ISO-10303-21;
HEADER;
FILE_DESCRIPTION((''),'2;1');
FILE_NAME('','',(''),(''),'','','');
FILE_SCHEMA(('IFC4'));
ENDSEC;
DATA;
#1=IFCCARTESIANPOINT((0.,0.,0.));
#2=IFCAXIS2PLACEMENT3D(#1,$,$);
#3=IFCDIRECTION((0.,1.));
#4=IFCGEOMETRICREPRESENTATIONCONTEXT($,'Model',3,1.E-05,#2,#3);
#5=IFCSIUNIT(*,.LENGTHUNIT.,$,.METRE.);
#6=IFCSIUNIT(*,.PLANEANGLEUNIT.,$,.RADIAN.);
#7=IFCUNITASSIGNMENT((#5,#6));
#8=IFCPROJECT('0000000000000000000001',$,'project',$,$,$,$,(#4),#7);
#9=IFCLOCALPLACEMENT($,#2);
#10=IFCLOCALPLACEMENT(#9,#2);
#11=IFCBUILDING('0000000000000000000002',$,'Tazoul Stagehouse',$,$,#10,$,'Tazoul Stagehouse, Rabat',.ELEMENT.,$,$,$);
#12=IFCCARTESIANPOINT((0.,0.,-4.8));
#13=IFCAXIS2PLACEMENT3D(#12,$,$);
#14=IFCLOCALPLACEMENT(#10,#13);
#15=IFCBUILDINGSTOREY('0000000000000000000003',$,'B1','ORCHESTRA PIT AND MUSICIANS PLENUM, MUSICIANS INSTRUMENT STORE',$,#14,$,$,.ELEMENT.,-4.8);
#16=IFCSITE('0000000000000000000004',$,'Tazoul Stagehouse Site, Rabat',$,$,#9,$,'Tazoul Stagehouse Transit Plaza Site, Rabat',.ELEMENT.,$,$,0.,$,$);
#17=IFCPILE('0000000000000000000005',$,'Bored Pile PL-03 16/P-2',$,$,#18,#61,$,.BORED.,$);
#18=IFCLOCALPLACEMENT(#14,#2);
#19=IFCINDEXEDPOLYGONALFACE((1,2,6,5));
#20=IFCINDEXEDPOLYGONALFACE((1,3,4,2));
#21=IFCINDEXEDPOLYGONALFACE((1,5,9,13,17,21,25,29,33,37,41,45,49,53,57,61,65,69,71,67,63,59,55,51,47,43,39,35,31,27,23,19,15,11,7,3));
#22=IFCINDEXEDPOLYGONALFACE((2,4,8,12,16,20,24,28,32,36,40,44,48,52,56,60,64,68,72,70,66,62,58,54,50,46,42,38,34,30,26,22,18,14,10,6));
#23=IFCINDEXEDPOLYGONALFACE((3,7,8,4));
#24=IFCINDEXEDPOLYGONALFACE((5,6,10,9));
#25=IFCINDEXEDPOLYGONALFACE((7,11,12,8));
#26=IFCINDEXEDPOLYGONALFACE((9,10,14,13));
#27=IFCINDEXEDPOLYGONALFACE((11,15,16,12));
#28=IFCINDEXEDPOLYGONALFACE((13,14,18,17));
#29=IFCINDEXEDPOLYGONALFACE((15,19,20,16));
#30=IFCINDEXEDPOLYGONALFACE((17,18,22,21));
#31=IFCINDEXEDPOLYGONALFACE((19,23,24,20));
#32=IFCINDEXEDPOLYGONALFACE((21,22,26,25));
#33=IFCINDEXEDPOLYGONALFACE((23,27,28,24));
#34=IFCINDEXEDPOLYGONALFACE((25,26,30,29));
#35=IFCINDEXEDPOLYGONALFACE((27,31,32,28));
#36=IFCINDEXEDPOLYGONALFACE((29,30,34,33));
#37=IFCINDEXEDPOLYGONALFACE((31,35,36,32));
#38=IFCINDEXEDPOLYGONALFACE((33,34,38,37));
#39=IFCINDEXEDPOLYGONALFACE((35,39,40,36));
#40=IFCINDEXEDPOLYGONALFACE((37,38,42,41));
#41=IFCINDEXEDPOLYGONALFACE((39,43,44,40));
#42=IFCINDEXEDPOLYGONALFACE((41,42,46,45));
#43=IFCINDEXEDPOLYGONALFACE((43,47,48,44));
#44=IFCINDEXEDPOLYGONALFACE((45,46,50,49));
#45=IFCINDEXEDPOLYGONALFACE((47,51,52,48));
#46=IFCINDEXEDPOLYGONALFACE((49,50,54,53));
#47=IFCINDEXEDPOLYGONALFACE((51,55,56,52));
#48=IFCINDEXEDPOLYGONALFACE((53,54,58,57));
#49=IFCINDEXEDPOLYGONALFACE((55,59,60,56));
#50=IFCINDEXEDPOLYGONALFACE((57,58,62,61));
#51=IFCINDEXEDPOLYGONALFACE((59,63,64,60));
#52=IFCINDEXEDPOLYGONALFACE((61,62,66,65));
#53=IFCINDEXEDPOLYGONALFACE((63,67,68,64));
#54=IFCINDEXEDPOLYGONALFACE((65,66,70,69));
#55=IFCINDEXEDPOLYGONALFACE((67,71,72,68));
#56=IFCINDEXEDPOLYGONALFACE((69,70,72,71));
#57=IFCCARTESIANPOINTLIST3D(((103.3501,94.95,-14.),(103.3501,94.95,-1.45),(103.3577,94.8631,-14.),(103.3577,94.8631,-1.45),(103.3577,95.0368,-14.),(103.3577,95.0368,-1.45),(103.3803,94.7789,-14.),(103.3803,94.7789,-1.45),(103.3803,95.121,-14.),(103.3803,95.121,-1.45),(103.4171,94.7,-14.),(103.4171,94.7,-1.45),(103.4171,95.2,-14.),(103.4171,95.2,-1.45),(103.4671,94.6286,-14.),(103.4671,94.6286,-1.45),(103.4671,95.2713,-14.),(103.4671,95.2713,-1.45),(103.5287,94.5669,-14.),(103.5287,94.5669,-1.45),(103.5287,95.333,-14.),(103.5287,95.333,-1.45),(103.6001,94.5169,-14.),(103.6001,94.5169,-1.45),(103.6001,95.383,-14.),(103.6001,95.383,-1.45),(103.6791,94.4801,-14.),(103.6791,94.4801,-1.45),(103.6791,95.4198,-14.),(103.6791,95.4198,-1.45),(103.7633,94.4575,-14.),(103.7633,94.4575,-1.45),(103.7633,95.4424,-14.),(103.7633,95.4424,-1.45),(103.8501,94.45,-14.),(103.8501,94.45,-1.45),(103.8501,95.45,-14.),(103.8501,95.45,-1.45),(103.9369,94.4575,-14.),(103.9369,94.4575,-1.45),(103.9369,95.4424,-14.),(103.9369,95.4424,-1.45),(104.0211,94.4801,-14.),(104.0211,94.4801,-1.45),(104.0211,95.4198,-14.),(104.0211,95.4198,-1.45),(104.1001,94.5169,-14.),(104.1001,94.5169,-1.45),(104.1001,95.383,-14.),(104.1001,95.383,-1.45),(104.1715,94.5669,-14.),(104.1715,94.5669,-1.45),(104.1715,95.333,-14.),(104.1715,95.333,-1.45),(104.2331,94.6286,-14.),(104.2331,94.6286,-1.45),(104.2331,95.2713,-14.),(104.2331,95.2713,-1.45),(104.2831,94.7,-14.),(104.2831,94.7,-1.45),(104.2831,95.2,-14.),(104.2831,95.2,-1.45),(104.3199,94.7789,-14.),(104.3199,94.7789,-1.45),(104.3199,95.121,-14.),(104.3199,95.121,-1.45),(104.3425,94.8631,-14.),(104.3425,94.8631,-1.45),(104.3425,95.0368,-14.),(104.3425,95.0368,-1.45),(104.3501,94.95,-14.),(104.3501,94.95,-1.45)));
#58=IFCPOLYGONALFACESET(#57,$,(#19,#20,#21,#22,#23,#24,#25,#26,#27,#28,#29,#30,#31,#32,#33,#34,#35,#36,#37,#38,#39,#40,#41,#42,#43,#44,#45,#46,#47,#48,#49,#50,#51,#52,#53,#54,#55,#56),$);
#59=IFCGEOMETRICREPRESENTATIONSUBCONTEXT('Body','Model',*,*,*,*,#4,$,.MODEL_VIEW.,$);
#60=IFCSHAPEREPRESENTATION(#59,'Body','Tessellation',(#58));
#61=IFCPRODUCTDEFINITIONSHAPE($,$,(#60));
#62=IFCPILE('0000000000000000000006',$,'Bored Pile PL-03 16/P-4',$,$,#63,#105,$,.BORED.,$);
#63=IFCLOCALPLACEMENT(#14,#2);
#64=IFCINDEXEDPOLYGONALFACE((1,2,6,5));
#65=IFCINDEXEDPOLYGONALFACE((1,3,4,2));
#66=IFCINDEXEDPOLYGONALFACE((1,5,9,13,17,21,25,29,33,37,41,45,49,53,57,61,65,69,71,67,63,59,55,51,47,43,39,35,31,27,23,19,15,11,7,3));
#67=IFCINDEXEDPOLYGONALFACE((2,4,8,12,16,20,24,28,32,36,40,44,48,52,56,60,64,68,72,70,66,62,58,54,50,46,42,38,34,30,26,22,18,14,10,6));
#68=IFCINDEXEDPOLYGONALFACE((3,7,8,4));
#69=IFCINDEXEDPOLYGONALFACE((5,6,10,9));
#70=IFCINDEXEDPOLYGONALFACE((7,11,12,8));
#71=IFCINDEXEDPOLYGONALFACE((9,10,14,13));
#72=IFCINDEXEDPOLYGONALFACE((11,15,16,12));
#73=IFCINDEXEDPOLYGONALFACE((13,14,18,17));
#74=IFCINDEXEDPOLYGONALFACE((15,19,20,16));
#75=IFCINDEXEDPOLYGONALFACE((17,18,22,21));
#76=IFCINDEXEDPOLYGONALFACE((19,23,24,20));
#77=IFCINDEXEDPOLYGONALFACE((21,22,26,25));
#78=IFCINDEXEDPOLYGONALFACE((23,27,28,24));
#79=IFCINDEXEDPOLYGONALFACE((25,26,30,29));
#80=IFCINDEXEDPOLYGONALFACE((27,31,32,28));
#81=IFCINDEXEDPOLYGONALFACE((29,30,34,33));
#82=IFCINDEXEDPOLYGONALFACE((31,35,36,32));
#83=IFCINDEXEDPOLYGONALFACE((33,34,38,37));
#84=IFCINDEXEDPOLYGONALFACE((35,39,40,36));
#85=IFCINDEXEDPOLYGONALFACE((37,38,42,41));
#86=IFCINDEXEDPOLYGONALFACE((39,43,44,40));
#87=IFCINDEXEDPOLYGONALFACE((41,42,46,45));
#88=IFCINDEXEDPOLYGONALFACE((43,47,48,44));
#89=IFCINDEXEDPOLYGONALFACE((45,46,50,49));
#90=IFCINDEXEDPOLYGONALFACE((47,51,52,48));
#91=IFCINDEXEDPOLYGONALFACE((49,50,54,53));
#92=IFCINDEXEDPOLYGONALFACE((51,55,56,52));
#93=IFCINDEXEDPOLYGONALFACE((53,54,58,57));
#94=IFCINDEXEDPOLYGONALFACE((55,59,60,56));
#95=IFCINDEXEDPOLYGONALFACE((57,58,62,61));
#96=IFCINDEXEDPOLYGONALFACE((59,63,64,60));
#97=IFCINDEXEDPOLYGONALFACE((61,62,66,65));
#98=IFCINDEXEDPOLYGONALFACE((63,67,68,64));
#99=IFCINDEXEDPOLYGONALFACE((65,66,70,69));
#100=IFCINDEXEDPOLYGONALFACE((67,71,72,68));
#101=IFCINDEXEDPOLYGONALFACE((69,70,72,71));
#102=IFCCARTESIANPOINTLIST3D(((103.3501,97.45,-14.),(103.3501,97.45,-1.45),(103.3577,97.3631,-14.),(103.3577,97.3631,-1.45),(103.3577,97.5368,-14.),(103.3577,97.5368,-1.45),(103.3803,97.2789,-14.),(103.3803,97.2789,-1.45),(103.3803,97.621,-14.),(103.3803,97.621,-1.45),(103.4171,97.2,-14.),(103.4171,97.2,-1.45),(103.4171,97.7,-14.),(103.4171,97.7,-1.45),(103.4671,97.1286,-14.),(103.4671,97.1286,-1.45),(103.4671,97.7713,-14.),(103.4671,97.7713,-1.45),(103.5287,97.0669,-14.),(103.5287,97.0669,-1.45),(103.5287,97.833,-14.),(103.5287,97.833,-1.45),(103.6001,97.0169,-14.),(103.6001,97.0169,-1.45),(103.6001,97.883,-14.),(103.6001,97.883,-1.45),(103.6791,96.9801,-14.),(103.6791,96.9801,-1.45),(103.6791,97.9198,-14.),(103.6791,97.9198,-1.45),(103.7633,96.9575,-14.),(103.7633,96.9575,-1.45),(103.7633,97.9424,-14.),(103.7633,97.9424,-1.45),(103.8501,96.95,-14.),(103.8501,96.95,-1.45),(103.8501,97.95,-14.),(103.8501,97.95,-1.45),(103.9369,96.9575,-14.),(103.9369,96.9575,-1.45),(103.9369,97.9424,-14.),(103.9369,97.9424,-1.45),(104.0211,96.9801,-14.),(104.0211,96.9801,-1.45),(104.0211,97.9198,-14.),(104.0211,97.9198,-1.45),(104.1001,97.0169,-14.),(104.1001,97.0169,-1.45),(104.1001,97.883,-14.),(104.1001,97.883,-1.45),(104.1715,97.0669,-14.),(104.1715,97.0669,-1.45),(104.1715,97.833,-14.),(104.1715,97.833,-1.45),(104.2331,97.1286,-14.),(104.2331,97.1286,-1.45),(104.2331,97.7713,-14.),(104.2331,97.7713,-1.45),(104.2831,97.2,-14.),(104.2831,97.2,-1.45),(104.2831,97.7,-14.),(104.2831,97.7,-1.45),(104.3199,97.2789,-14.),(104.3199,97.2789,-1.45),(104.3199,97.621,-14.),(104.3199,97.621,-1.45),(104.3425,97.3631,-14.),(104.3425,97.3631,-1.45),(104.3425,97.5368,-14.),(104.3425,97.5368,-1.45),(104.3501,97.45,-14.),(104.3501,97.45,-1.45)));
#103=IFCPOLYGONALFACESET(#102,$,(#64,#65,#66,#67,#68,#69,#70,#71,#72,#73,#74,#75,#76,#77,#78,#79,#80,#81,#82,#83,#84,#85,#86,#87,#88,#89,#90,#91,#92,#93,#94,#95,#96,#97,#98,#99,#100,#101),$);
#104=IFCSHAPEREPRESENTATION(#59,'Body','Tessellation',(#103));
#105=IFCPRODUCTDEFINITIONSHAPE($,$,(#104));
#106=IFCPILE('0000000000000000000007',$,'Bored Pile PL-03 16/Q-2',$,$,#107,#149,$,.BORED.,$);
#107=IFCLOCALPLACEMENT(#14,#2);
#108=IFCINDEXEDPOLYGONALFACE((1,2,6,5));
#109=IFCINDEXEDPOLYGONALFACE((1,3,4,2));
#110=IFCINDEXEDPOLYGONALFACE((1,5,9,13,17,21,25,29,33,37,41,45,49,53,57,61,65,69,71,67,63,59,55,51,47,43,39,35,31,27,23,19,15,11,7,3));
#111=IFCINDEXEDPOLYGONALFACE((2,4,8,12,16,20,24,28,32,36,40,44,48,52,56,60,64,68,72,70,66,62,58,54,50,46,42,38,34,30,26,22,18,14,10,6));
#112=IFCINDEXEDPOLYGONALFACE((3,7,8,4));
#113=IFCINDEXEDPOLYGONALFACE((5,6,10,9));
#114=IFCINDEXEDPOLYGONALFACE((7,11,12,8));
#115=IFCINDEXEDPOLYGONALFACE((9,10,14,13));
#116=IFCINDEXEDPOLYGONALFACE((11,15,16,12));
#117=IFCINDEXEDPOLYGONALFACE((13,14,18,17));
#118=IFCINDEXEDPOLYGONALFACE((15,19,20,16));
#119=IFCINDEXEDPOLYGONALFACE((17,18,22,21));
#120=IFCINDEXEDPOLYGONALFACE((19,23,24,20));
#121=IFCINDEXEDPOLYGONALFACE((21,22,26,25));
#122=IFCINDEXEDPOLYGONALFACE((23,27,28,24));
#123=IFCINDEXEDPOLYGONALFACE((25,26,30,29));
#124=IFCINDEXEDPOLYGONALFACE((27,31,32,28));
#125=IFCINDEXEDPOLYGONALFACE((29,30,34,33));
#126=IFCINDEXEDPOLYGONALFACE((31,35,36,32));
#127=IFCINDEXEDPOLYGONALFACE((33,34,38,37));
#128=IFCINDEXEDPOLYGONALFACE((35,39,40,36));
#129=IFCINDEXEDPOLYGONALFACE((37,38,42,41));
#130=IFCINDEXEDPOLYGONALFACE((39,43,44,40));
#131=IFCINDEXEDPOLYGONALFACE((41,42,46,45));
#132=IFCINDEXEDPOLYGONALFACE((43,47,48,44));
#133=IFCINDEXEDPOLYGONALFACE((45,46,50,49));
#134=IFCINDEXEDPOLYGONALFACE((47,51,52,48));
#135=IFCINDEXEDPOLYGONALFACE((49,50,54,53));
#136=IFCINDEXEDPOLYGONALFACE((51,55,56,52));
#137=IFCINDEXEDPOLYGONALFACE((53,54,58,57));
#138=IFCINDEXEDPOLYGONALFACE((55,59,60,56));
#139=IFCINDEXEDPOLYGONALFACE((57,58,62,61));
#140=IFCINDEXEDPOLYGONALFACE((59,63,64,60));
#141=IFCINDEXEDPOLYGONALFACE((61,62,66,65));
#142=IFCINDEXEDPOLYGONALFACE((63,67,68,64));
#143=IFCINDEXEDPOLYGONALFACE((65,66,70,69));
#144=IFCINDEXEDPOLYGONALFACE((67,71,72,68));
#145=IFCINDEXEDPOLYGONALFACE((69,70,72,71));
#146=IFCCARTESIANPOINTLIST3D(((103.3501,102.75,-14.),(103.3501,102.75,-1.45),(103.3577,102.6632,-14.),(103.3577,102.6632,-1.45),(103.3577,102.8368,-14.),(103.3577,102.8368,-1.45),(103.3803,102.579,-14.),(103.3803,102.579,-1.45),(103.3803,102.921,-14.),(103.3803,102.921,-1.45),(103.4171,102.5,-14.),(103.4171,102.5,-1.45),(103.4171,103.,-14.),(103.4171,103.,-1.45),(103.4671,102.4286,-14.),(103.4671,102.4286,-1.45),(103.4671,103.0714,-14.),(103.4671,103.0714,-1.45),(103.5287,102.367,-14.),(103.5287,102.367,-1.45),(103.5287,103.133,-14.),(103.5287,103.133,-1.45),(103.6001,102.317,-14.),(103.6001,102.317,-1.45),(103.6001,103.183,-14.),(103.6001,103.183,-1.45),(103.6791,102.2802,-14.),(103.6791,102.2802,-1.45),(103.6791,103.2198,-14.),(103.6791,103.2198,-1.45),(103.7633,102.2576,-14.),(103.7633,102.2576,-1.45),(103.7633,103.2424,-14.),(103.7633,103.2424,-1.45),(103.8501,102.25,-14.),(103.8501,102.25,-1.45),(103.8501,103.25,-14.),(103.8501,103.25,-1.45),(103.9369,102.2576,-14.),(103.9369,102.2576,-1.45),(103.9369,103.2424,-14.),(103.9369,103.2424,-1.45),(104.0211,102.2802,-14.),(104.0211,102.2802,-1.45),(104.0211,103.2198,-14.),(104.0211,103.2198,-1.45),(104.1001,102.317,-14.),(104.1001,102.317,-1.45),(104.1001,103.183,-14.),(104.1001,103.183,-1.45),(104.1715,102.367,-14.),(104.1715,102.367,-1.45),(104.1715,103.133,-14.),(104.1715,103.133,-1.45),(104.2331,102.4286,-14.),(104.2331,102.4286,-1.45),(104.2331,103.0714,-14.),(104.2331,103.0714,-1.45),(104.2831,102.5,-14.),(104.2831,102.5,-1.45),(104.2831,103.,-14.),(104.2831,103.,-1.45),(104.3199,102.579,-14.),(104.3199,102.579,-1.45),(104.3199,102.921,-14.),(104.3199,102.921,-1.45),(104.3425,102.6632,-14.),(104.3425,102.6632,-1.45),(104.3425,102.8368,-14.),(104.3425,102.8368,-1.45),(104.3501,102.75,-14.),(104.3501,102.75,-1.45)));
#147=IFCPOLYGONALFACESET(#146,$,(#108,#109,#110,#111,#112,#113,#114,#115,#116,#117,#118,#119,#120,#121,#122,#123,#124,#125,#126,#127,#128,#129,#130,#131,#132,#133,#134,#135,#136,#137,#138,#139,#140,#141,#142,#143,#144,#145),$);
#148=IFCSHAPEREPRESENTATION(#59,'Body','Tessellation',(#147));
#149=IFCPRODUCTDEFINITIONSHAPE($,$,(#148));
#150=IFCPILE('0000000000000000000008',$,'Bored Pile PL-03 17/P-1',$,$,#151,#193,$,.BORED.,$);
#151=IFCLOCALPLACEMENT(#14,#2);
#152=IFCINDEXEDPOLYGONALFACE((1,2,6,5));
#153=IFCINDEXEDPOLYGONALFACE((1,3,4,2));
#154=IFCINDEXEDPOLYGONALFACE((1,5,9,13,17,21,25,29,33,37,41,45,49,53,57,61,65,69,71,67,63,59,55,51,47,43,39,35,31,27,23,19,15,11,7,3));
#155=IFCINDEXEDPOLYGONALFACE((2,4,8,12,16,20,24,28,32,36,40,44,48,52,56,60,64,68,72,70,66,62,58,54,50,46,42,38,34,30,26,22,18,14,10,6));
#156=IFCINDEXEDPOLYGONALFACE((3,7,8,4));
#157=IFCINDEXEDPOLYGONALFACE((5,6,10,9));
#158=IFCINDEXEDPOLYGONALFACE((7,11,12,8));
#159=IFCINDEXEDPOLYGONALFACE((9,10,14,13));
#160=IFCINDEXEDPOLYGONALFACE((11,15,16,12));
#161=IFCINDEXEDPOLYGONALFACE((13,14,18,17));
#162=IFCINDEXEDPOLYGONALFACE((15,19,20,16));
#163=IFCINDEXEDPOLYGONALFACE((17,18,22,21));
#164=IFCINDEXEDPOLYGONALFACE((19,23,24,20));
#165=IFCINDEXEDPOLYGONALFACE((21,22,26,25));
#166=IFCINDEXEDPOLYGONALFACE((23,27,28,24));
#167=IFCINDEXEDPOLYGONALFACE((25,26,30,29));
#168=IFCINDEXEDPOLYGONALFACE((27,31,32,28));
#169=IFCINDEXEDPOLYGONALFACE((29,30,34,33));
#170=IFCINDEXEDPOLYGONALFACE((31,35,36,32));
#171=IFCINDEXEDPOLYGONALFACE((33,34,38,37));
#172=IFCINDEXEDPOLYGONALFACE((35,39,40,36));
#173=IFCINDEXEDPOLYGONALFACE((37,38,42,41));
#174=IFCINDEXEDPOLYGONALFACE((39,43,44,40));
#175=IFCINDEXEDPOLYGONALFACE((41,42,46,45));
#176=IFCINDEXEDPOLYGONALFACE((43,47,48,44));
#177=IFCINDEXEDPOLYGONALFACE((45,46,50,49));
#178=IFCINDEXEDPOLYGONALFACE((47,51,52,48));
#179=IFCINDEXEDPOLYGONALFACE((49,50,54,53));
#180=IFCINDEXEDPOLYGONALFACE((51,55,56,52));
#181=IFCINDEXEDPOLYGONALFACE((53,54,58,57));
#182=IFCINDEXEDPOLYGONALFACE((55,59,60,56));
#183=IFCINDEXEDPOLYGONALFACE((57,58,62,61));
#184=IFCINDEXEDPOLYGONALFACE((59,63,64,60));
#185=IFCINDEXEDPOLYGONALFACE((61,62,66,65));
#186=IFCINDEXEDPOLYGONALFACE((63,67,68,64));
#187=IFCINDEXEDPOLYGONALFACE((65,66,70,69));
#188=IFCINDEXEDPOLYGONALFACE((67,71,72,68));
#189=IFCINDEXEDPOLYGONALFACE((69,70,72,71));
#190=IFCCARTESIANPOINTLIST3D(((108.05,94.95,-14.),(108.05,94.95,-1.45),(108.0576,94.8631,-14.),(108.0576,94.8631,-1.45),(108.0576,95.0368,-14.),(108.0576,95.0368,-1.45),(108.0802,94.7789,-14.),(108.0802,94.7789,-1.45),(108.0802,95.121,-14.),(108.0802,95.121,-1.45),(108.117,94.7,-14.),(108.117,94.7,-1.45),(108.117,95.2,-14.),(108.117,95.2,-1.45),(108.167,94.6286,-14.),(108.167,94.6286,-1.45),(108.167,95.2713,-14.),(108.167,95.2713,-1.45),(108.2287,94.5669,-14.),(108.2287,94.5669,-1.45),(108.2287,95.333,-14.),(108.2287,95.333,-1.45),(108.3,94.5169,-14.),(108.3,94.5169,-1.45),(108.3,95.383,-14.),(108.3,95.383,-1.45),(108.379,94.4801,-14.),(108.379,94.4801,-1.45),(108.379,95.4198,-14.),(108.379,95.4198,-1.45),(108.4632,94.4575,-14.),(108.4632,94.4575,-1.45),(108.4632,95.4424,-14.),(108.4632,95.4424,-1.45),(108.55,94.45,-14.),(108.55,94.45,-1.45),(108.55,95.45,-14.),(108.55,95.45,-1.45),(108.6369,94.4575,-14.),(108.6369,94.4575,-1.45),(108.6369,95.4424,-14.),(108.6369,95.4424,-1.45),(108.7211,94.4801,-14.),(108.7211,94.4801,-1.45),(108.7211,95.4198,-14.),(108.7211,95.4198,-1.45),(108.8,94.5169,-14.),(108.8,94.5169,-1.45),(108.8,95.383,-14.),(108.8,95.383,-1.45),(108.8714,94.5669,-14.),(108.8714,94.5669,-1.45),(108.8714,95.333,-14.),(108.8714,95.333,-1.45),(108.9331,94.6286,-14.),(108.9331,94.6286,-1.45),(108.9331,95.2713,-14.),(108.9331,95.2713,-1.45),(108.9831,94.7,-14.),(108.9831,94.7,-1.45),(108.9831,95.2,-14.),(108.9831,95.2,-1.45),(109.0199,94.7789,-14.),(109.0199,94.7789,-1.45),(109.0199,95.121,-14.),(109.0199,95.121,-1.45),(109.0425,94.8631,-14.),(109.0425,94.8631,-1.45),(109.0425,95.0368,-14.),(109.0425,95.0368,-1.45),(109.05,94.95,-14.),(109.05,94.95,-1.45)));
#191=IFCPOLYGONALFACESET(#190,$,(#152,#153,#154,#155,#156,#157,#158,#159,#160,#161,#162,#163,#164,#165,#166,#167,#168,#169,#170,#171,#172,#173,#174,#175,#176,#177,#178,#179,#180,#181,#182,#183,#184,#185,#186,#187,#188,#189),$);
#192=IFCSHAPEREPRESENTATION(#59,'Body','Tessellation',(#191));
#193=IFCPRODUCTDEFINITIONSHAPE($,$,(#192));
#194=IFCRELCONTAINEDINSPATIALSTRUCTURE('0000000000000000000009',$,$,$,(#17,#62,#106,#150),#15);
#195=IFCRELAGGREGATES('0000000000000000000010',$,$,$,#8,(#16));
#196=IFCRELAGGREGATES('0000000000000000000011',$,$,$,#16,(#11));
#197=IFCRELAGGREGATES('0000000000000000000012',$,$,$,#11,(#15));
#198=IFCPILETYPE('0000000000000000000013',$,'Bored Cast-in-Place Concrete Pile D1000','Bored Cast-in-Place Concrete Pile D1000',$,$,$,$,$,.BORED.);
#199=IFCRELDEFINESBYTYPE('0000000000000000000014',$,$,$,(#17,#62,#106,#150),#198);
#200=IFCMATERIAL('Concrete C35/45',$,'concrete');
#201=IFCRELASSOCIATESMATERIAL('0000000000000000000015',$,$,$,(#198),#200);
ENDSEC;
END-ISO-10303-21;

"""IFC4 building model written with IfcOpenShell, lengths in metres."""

from ifc_helpers import new_model, si_unit, direction, frame, origin, origin_2d, place, context, subcontext, project, spatial, circle, extrude, material, material_profile, profile_set, type_object, element, save


model = new_model("IFC4")

# Units and contexts
model_context = context("Model", 3, precision=1e-05, world=origin(), true_north=direction((0.0, 1.0)))
body_context = subcontext(model_context, "Body", "Model", "MODEL_VIEW")
ifc_project = project(units=[si_unit("LENGTHUNIT", "METRE"), si_unit("PLANEANGLEUNIT", "RADIAN")], contexts=[model_context])

# Site, building, storey
site_placement = place(None, origin())
site = spatial("IfcSite", under=ifc_project, at=site_placement, Name="Tazoul Stagehouse Site, Rabat", LongName="Tazoul Stagehouse Transit Plaza Site, Rabat", CompositionType="ELEMENT", RefElevation=0.0)
building_placement = place(site_placement, origin())
building = spatial("IfcBuilding", under=site, at=building_placement, Name="Tazoul Stagehouse", LongName="Tazoul Stagehouse, Rabat", CompositionType="ELEMENT")
storey_placement = place(building_placement, frame((0.0, 0.0, -4.8)))
storey = spatial("IfcBuildingStorey", under=building, at=storey_placement, Name="B1", Description="ORCHESTRA PIT AND MUSICIANS PLENUM, MUSICIANS INSTRUMENT STORE", CompositionType="ELEMENT", Elevation=-4.8)

# Piles
ifc_material_1 = material(Name="Concrete C35/45", Category="concrete")
ifc_material_profile_1 = material_profile(ifc_material_1, circle(Radius=0.5, at=origin_2d()), Name="BORED PILE 1000")
ifc_profile_set_1 = profile_set([ifc_material_profile_1], Name="Concrete C35/45")
pile_type = type_object("IfcPileType", Name="Bored Cast-in-Place Concrete Pile D1000", Description="Bored Cast-in-Place Concrete Pile D1000", PredefinedType="BORED", material=ifc_profile_set_1)
for number, where, z_axis, x_axis, name in (
    (1, (103.8501, 94.95, -1.45), (0.0, 0.0, -1.0), (1.0, 0.0, 0.0), "Bored Pile PL-03 16/P-2"),
    (2, (103.8501, 97.45, -1.45), (0.0, 0.0, -1.0), (1.0, 0.0, 0.0), "Bored Pile PL-03 16/P-4"),
    (3, (103.8501, 102.75, -1.45), (0.0, 0.0, -1.0), (1.0, 0.0, 0.0), "Bored Pile PL-03 16/Q-2"),
    (4, (108.55, 94.95, -1.45), (0.0, 0.0, -1.0), (1.0, 0.0, 0.0), "Bored Pile PL-03 17/P-1"),
):
    element("IfcPile", number, at=place(storey_placement, frame(where, z_axis=z_axis, x_axis=x_axis)), inside=storey, type_object=pile_type, Name=name, PredefinedType="BORED", context=body_context, shape_type="SweptSolid", body=[
        extrude(circle(Radius=0.5, at=origin_2d()), origin(), (0.0, 0.0, 1.0), 12.55),
    ])

save(model, "model.ifc")
